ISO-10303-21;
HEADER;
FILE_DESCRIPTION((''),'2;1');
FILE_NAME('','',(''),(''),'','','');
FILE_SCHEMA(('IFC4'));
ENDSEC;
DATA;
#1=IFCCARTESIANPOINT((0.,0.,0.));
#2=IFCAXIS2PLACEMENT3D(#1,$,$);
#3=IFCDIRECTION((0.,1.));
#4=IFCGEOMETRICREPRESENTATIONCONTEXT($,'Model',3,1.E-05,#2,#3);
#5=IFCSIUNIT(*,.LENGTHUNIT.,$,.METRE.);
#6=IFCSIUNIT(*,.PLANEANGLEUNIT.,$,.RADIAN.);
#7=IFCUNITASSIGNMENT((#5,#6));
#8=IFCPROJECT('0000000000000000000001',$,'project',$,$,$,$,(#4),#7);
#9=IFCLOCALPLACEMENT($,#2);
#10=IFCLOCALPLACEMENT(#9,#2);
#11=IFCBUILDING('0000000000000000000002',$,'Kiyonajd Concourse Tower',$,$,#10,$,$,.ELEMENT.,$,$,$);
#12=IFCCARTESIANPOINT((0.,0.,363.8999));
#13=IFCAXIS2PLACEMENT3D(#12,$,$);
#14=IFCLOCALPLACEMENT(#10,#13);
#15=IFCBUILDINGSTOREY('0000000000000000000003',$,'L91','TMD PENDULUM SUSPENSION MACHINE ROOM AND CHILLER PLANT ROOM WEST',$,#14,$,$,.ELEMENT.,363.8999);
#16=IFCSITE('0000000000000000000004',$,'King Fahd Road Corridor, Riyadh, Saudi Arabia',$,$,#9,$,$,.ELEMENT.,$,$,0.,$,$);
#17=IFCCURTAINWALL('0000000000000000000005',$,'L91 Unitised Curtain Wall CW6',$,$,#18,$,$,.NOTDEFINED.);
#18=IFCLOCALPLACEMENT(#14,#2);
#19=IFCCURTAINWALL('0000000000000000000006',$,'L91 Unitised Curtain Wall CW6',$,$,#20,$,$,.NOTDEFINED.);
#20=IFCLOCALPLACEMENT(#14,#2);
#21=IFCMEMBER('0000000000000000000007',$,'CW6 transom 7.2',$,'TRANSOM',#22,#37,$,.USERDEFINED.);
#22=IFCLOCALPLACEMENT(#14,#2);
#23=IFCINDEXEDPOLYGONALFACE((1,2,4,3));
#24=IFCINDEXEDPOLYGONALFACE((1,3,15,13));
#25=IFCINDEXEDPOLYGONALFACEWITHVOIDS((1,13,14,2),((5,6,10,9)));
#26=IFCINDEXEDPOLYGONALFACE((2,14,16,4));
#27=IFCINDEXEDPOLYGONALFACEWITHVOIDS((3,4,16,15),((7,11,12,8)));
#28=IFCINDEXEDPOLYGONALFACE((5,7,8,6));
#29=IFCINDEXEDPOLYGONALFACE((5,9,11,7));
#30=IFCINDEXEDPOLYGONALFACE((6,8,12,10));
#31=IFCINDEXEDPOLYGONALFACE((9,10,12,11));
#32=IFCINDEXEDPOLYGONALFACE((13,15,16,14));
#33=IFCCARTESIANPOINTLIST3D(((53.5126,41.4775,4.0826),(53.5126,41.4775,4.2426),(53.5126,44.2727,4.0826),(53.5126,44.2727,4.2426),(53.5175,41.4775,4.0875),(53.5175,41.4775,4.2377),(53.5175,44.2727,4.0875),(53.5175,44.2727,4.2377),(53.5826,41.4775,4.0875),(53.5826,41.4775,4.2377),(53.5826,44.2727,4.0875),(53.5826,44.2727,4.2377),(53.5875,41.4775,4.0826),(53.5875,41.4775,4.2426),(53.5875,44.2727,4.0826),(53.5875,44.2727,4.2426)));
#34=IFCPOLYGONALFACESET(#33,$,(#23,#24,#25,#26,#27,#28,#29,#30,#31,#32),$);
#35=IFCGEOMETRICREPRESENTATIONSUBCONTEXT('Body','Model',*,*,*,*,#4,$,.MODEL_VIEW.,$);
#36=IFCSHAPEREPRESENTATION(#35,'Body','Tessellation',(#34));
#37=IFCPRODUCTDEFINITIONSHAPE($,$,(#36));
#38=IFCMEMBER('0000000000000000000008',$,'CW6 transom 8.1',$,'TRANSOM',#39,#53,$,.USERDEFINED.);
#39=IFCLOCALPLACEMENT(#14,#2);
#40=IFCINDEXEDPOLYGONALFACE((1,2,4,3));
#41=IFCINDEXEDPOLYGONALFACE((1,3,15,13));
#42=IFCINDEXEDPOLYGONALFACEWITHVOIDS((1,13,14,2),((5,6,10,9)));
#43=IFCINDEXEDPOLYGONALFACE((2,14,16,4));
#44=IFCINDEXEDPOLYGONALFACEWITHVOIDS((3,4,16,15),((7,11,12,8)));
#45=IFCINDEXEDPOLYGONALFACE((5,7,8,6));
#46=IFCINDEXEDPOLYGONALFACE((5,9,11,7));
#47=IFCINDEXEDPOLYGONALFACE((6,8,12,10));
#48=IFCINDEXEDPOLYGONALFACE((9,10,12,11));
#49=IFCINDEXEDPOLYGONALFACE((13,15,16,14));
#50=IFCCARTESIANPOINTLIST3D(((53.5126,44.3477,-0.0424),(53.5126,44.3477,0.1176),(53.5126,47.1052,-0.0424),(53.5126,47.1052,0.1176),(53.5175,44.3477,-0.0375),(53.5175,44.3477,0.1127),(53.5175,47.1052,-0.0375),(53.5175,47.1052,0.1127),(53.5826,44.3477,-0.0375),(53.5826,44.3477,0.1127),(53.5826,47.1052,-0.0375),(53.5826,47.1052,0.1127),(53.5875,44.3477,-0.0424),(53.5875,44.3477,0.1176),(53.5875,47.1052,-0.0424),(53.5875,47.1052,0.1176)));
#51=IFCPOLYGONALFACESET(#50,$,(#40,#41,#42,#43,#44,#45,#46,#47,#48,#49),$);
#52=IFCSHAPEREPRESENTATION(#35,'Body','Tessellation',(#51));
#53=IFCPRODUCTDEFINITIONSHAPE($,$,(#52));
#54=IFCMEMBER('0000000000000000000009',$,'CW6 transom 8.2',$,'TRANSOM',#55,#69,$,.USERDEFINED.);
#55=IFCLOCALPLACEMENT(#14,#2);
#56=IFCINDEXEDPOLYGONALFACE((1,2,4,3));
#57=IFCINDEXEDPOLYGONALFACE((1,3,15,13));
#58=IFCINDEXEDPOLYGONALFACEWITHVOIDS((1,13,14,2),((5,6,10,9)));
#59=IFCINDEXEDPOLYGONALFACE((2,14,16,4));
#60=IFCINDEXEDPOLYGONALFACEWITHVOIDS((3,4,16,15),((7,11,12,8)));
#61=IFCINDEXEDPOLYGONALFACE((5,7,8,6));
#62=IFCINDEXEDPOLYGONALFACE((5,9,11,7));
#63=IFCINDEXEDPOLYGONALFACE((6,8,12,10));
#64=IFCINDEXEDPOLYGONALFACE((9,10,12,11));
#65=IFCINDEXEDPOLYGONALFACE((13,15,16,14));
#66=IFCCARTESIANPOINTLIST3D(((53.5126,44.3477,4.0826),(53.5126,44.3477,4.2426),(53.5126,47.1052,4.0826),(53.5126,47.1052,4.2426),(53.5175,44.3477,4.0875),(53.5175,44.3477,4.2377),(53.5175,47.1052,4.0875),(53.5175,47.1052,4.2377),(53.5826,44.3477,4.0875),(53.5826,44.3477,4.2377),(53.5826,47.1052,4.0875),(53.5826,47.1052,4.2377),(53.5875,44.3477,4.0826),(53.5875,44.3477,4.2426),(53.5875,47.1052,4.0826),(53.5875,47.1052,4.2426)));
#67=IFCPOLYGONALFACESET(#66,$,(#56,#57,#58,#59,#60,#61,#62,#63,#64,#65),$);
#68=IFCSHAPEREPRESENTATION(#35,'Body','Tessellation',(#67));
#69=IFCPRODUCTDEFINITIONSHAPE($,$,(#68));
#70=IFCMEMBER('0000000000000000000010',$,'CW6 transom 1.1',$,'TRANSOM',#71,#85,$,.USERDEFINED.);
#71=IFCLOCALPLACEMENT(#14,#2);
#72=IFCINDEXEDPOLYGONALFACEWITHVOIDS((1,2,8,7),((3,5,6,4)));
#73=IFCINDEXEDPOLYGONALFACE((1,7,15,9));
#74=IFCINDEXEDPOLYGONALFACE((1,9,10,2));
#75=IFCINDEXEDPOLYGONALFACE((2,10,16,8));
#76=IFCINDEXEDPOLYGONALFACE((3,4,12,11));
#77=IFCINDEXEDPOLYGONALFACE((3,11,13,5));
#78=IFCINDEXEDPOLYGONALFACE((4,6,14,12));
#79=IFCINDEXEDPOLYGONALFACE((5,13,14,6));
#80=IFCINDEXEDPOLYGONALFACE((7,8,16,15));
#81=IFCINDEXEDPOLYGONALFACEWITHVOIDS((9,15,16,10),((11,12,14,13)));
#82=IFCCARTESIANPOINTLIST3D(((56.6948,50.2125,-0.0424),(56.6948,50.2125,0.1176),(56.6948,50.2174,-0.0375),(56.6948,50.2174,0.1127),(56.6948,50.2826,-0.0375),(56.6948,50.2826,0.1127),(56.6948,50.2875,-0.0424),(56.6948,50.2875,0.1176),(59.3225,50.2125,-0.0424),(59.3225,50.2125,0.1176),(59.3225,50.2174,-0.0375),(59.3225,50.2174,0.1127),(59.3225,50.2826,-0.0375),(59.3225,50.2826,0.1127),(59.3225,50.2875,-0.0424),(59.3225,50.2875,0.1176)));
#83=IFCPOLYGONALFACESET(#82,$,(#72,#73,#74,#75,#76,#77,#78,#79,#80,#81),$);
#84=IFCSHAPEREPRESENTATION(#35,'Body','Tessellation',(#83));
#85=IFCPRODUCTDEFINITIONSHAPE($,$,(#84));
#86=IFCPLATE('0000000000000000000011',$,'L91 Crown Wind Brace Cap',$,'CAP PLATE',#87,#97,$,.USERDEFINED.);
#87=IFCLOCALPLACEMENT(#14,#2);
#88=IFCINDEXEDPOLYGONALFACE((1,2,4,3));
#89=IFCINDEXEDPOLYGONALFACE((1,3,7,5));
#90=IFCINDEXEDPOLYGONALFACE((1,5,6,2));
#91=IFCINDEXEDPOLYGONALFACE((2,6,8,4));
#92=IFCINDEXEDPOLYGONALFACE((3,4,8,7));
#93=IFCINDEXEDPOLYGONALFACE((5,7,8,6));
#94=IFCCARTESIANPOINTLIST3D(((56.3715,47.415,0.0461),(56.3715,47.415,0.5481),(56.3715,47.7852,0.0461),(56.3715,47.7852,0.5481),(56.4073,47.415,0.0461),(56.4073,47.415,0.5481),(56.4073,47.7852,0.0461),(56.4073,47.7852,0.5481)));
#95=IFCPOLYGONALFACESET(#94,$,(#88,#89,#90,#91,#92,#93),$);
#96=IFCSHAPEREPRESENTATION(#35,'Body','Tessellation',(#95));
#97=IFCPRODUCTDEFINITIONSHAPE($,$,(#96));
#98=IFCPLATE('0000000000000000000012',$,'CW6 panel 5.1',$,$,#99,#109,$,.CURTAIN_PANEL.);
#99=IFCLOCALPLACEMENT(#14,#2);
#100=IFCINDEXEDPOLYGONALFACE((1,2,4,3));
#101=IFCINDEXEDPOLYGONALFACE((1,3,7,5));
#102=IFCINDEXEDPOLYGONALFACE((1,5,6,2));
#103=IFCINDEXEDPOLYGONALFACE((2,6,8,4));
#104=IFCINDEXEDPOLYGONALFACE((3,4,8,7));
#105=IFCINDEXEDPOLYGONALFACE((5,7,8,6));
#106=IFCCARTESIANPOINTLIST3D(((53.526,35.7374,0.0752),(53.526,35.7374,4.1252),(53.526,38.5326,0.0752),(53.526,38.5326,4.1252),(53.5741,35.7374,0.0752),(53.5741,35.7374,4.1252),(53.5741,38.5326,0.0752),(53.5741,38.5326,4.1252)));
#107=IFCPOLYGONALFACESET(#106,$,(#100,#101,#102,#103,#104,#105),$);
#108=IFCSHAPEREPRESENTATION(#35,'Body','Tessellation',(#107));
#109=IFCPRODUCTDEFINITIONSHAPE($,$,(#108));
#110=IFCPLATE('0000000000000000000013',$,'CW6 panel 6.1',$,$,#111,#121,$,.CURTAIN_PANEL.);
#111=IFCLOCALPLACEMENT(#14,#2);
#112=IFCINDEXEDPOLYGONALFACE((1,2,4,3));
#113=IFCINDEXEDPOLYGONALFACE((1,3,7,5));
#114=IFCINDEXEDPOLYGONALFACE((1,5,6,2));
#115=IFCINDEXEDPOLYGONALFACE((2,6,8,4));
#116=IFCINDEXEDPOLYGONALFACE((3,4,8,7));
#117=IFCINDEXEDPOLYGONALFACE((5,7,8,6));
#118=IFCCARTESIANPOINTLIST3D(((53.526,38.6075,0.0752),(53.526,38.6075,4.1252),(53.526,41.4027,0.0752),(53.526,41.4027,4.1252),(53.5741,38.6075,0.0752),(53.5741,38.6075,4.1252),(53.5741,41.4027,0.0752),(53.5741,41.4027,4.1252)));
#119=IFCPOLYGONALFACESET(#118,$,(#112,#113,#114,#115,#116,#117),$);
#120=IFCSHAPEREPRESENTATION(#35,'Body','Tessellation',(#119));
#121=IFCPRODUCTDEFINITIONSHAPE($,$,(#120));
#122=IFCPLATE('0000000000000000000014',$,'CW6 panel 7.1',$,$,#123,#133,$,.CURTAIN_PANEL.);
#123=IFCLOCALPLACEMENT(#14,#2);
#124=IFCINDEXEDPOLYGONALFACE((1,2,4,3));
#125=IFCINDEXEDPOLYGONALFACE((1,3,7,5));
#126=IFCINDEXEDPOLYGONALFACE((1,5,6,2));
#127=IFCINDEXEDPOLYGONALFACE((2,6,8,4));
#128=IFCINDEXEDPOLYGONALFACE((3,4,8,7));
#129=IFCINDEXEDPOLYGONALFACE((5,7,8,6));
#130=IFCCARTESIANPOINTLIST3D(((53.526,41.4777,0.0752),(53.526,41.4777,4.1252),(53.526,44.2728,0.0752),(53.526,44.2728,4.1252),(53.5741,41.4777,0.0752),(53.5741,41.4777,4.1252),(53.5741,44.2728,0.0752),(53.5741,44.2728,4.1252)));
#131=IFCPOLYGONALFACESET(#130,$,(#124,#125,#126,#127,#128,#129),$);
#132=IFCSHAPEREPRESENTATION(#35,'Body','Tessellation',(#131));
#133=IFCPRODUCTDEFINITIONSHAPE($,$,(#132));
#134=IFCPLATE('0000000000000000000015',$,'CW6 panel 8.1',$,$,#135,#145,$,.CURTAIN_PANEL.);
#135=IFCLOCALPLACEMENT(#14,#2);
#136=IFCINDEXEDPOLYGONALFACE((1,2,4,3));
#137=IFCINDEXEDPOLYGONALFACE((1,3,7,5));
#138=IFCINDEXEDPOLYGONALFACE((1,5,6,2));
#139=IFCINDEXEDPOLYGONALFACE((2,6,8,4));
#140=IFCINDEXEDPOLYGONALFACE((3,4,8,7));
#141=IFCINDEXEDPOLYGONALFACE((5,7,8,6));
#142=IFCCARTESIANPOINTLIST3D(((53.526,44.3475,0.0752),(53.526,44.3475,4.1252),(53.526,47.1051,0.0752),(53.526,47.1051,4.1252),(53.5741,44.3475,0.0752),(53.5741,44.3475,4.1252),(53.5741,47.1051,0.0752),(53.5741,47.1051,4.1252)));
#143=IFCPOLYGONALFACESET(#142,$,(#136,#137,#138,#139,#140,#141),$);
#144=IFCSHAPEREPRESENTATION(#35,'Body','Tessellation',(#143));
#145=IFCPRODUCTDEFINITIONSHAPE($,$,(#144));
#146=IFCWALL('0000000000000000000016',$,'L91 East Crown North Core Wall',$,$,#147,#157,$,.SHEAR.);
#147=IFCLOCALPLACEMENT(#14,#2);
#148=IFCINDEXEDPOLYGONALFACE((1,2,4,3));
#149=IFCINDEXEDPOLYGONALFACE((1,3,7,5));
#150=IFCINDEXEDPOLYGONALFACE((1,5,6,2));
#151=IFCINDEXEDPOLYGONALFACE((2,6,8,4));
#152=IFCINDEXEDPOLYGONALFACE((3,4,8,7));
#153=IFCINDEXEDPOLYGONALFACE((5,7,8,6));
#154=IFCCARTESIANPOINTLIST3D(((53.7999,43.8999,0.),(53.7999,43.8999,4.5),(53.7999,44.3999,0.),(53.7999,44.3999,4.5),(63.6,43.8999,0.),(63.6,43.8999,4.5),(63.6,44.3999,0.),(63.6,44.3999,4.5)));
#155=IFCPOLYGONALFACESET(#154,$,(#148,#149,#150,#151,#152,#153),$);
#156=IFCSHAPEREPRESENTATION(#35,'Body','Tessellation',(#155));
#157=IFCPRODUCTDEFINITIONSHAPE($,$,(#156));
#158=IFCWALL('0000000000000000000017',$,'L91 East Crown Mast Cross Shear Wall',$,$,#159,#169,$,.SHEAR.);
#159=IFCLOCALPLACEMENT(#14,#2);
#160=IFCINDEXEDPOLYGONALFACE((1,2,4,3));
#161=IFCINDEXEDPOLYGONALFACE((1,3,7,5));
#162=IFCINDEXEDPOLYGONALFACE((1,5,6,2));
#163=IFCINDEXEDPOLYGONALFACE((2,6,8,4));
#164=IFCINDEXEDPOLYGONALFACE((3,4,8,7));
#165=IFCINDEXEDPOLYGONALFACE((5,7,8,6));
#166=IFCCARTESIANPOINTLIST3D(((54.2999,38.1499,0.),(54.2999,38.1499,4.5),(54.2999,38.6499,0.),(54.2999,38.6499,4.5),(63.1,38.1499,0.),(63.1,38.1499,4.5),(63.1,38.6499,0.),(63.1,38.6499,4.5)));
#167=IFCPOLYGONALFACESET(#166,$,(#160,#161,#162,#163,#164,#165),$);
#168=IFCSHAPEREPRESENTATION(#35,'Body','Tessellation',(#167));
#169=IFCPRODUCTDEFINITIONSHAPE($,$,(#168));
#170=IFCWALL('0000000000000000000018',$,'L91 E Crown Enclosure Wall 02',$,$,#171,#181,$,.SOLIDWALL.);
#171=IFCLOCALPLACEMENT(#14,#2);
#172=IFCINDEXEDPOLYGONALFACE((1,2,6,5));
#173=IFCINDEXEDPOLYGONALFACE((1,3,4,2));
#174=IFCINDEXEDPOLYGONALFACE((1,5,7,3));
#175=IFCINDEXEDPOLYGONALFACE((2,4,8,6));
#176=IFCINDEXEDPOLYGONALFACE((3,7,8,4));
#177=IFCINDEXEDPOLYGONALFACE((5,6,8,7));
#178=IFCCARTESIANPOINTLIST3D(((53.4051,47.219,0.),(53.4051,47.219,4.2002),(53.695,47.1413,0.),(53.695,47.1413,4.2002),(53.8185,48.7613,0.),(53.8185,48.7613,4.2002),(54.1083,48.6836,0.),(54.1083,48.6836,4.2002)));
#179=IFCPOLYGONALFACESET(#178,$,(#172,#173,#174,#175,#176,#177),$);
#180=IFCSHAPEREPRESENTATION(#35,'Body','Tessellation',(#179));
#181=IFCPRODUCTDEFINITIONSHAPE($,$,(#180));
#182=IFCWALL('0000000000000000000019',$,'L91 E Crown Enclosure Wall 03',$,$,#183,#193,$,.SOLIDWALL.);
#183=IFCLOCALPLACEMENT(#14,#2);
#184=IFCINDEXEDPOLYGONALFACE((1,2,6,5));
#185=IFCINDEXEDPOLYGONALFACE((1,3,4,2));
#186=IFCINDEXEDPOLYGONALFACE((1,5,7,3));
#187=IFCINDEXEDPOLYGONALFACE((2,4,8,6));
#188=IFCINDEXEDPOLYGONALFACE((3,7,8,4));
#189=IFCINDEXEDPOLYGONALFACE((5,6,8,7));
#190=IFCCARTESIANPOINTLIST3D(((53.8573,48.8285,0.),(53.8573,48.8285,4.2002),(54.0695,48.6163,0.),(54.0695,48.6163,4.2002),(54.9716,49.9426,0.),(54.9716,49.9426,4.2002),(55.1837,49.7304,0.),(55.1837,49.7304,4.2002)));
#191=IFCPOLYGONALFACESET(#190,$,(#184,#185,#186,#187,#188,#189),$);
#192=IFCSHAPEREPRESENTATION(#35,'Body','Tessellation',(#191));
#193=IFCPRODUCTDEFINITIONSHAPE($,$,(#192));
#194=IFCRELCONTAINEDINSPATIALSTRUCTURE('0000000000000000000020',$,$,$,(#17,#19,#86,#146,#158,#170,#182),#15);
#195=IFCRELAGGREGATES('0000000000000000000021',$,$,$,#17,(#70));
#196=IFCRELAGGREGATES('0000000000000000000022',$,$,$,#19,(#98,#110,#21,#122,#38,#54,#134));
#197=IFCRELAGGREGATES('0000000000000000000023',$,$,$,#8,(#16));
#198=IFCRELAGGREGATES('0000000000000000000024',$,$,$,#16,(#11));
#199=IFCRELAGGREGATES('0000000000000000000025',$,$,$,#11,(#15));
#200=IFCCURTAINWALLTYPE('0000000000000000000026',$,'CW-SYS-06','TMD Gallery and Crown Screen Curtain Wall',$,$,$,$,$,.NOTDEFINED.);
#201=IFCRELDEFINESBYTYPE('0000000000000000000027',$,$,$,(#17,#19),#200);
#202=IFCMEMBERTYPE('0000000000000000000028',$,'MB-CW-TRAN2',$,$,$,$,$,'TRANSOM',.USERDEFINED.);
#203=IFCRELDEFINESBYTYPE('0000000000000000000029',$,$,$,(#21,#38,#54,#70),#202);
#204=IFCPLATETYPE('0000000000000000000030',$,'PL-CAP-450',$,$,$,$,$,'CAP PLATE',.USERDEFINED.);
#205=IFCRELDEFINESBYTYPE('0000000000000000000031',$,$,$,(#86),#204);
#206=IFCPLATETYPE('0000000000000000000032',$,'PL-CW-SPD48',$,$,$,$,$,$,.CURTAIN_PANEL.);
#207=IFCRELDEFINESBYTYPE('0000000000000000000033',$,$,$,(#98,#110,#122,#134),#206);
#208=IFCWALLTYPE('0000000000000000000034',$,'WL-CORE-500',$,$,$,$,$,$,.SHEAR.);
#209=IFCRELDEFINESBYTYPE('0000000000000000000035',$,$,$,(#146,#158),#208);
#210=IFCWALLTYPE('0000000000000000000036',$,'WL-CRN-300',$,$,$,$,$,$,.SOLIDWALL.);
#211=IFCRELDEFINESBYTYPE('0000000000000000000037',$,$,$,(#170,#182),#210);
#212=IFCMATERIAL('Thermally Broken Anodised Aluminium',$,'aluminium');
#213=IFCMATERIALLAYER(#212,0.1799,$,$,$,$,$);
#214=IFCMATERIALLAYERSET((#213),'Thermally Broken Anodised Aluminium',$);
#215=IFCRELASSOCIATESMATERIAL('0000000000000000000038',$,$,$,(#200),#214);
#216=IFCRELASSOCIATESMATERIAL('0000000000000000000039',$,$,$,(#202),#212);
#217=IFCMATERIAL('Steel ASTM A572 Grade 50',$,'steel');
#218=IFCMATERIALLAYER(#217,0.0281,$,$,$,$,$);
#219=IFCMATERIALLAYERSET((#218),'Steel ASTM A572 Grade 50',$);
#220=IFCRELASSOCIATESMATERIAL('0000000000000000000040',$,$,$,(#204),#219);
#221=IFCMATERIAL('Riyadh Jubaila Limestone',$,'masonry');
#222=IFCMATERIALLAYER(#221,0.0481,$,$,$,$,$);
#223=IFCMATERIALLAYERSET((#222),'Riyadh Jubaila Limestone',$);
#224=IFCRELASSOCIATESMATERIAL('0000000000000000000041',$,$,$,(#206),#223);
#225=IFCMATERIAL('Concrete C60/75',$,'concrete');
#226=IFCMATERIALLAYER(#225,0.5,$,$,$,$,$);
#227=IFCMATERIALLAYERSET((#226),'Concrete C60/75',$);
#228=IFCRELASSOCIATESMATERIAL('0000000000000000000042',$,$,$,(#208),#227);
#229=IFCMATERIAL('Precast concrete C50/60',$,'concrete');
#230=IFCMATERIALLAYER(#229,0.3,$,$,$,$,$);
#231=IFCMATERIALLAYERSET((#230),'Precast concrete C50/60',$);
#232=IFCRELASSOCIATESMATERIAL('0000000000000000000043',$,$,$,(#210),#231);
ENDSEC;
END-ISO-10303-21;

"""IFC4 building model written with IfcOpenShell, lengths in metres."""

from ifc_helpers import new_model, si_unit, direction, frame, frame_2d, origin, origin_2d, place, context, subcontext, project, spatial, rectangle, hollow_rectangle, extrude, material, layer, layer_set, material_profile, profile_set, type_object, element, aggregate, save


model = new_model("IFC4")

# Units and contexts
model_context = context("Model", 3, precision=1e-05, world=origin(), true_north=direction((0.0, 1.0)))
body_context = subcontext(model_context, "Body", "Model", "MODEL_VIEW")
ifc_project = project(units=[si_unit("LENGTHUNIT", "METRE"), si_unit("PLANEANGLEUNIT", "RADIAN")], contexts=[model_context])

# Site, building, storey
site_placement = place(None, origin())
site = spatial("IfcSite", under=ifc_project, at=site_placement, Name="King Fahd Road Corridor, Riyadh, Saudi Arabia", CompositionType="ELEMENT", RefElevation=0.0)
building_placement = place(site_placement, origin())
building = spatial("IfcBuilding", under=site, at=building_placement, Name="Kiyonajd Concourse Tower", CompositionType="ELEMENT")
storey_placement = place(building_placement, frame((0.0, 0.0, 363.8999)))
storey = spatial("IfcBuildingStorey", under=building, at=storey_placement, Name="L91", Description="TMD PENDULUM SUSPENSION MACHINE ROOM AND CHILLER PLANT ROOM WEST", CompositionType="ELEMENT", Elevation=363.8999)

# Shared definitions
ifc_material_1 = material(Name="Steel ASTM A572 Grade 50", Category="steel")

# Curtain wall
ifc_material_2 = material(Name="Thermally Broken Anodised Aluminium", Category="aluminium")
ifc_layer_1 = layer(ifc_material_2, 0.1799)
ifc_layer_set_1 = layer_set([ifc_layer_1], Name="Thermally Broken Anodised Aluminium")
curtain_wall_type = type_object("IfcCurtainWallType", Name="CW-SYS-06", Description="TMD Gallery and Crown Screen Curtain Wall", PredefinedType="NOTDEFINED", material=ifc_layer_set_1)
curtain_wall_1_placement = place(storey_placement, origin())
curtain_wall_1 = element("IfcCurtainWall", 1, at=curtain_wall_1_placement, inside=storey, type_object=curtain_wall_type, Name="L91 Unitised Curtain Wall CW6", PredefinedType="NOTDEFINED")

# Curtain wall, members
curtain_wall_2_placement = place(storey_placement, origin())
curtain_wall_2 = element("IfcCurtainWall", 2, at=curtain_wall_2_placement, inside=storey, type_object=curtain_wall_type, Name="L91 Unitised Curtain Wall CW6", PredefinedType="NOTDEFINED")
ifc_material_profile_1 = material_profile(ifc_material_2, hollow_rectangle(XDim=0.075, YDim=0.1599, WallThickness=0.0049, at=origin_2d()), Name="TRAN-75x160")
ifc_profile_set_1 = profile_set([ifc_material_profile_1], Name="Thermally Broken Anodised Aluminium")
member_type_1 = type_object("IfcMemberType", Name="MB-CW-TRAN2", ElementType="TRANSOM", PredefinedType="USERDEFINED", material=ifc_profile_set_1)
member_1_placement = place(storey_placement, frame((53.55, 41.4775, 4.1626), z_axis=(0.0, 1.0, 0.0), x_axis=(-1.0, 0.0, 0.0)))
member_1 = element("IfcMember", 3, at=member_1_placement, type_object=member_type_1, Name="CW6 transom 7.2", ObjectType="TRANSOM", PredefinedType="USERDEFINED", context=body_context, shape_type="SweptSolid", body=[
    extrude(hollow_rectangle(XDim=0.075, YDim=0.1599, WallThickness=0.0049, at=origin_2d()), origin(), (0.0, 0.0, 1.0), 2.7952),
])
member_2_placement = place(storey_placement, frame((53.55, 44.3477, 0.0376), z_axis=(0.0, 1.0, 0.0), x_axis=(-1.0, 0.0, 0.0)))
member_2 = element("IfcMember", 4, at=member_2_placement, type_object=member_type_1, Name="CW6 transom 8.1", ObjectType="TRANSOM", PredefinedType="USERDEFINED", context=body_context, shape_type="SweptSolid", body=[
    extrude(hollow_rectangle(XDim=0.075, YDim=0.1599, WallThickness=0.0049, at=origin_2d()), origin(), (0.0, 0.0, 1.0), 2.7576),
])
member_3_placement = place(storey_placement, frame((53.55, 44.3477, 4.1626), z_axis=(0.0, 1.0, 0.0), x_axis=(-1.0, 0.0, 0.0)))
member_3 = element("IfcMember", 5, at=member_3_placement, type_object=member_type_1, Name="CW6 transom 8.2", ObjectType="TRANSOM", PredefinedType="USERDEFINED", context=body_context, shape_type="SweptSolid", body=[
    extrude(hollow_rectangle(XDim=0.075, YDim=0.1599, WallThickness=0.0049, at=origin_2d()), origin(), (0.0, 0.0, 1.0), 2.7576),
])

# Member
member_4_placement = place(storey_placement, frame((56.6948, 50.25, 0.0376), z_axis=(1.0, 0.0, 0.0), x_axis=(0.0, 1.0, 0.0)))
member_4 = element("IfcMember", 6, at=member_4_placement, type_object=member_type_1, Name="CW6 transom 1.1", ObjectType="TRANSOM", PredefinedType="USERDEFINED", context=body_context, shape_type="SweptSolid", body=[
    extrude(hollow_rectangle(XDim=0.075, YDim=0.1599, WallThickness=0.0049, at=origin_2d()), origin(), (0.0, 0.0, 1.0), 2.6277),
])
aggregate(curtain_wall_1, [member_4])

# Plates
ifc_layer_2 = layer(ifc_material_1, 0.0281)
ifc_layer_set_2 = layer_set([ifc_layer_2], Name="Steel ASTM A572 Grade 50")
plate_type_1 = type_object("IfcPlateType", Name="PL-CAP-450", ElementType="CAP PLATE", PredefinedType="USERDEFINED", material=ifc_layer_set_2)
plate_1_placement = place(storey_placement, frame((56.3894, 47.6001, 0.0461), z_axis=(0.0, 0.0, 1.0), x_axis=(-1.0, 0.0, 0.0)))
element("IfcPlate", 7, at=plate_1_placement, inside=storey, type_object=plate_type_1, Name="L91 Crown Wind Brace Cap", ObjectType="CAP PLATE", PredefinedType="USERDEFINED", context=body_context, shape_type="SweptSolid", body=[
    extrude(rectangle(XDim=0.0359, YDim=0.3701, at=origin_2d()), origin(), (0.0, 0.0, 1.0), 0.502),
])
ifc_material_3 = material(Name="Riyadh Jubaila Limestone", Category="masonry")
ifc_layer_3 = layer(ifc_material_3, 0.0481)
ifc_layer_set_3 = layer_set([ifc_layer_3], Name="Riyadh Jubaila Limestone")
plate_type_2 = type_object("IfcPlateType", Name="PL-CW-SPD48", PredefinedType="CURTAIN_PANEL", material=ifc_layer_set_3)
plate_2_placement = place(storey_placement, frame((53.55, 37.135, 0.0752), z_axis=(0.0, 0.0, 1.0), x_axis=(0.0, 1.0, 0.0)))
plate_2 = element("IfcPlate", 8, at=plate_2_placement, type_object=plate_type_2, Name="CW6 panel 5.1", PredefinedType="CURTAIN_PANEL", context=body_context, shape_type="SweptSolid", body=[
    extrude(rectangle(XDim=2.7952, YDim=0.0481, at=origin_2d()), origin(), (0.0, 0.0, 1.0), 4.05),
])
plate_3_placement = place(storey_placement, frame((53.55, 40.0051, 0.0752), z_axis=(0.0, 0.0, 1.0), x_axis=(0.0, 1.0, 0.0)))
plate_3 = element("IfcPlate", 9, at=plate_3_placement, type_object=plate_type_2, Name="CW6 panel 6.1", PredefinedType="CURTAIN_PANEL", context=body_context, shape_type="SweptSolid", body=[
    extrude(rectangle(XDim=2.7952, YDim=0.0481, at=origin_2d()), origin(), (0.0, 0.0, 1.0), 4.05),
])
plate_4_placement = place(storey_placement, frame((53.55, 42.8752, 0.0752), z_axis=(0.0, 0.0, 1.0), x_axis=(0.0, 1.0, 0.0)))
plate_4 = element("IfcPlate", 10, at=plate_4_placement, type_object=plate_type_2, Name="CW6 panel 7.1", PredefinedType="CURTAIN_PANEL", context=body_context, shape_type="SweptSolid", body=[
    extrude(rectangle(XDim=2.7952, YDim=0.0481, at=origin_2d()), origin(), (0.0, 0.0, 1.0), 4.05),
])
plate_5_placement = place(storey_placement, frame((53.55, 45.7263, 0.0752), z_axis=(0.0, 0.0, 1.0), x_axis=(0.0, 1.0, 0.0)))
plate_5 = element("IfcPlate", 11, at=plate_5_placement, type_object=plate_type_2, Name="CW6 panel 8.1", PredefinedType="CURTAIN_PANEL", context=body_context, shape_type="SweptSolid", body=[
    extrude(rectangle(XDim=2.7576, YDim=0.0481, at=origin_2d()), origin(), (0.0, 0.0, 1.0), 4.05),
])
aggregate(curtain_wall_2, [plate_2, plate_3, member_1, plate_4, member_2, member_3, plate_5])

# Walls
ifc_material_4 = material(Name="Concrete C60/75", Category="concrete")
ifc_layer_4 = layer(ifc_material_4, 0.5)
ifc_layer_set_4 = layer_set([ifc_layer_4], Name="Concrete C60/75")
wall_type_1 = type_object("IfcWallType", Name="WL-CORE-500", PredefinedType="SHEAR", material=ifc_layer_set_4)
wall_1_placement = place(storey_placement, frame((53.8, 44.1499, 0.0), z_axis=(0.0, 0.0, 1.0), x_axis=(1.0, 0.0, 0.0)))
element("IfcWall", 12, at=wall_1_placement, inside=storey, type_object=wall_type_1, Name="L91 East Crown North Core Wall", PredefinedType="SHEAR", context=body_context, shape_type="SweptSolid", body=[
    extrude(rectangle(XDim=9.8, YDim=0.5, at=frame_2d((4.8999, 0.0))), origin(), (0.0, 0.0, 1.0), 4.5),
])
wall_2_placement = place(storey_placement, frame((54.3, 38.3999, 0.0), z_axis=(0.0, 0.0, 1.0), x_axis=(1.0, 0.0, 0.0)))
element("IfcWall", 13, at=wall_2_placement, inside=storey, type_object=wall_type_1, Name="L91 East Crown Mast Cross Shear Wall", PredefinedType="SHEAR", context=body_context, shape_type="SweptSolid", body=[
    extrude(rectangle(XDim=8.8, YDim=0.5, at=frame_2d((4.3999, 0.0))), origin(), (0.0, 0.0, 1.0), 4.5),
])
ifc_material_5 = material(Name="Precast concrete C50/60", Category="concrete")
ifc_layer_5 = layer(ifc_material_5, 0.3)
ifc_layer_set_5 = layer_set([ifc_layer_5], Name="Precast concrete C50/60")
wall_type_2 = type_object("IfcWallType", Name="WL-CRN-300", PredefinedType="SOLIDWALL", material=ifc_layer_set_5)
wall_3_placement = place(storey_placement, frame((53.55, 47.1802, 0.0), z_axis=(0.0, 0.0, 1.0), x_axis=(0.258871, 0.965912, 0.0)))
element("IfcWall", 14, at=wall_3_placement, inside=storey, type_object=wall_type_2, Name="L91 E Crown Enclosure Wall 02", PredefinedType="SOLIDWALL", context=body_context, shape_type="SweptSolid", body=[
    extrude(rectangle(XDim=1.5967, YDim=0.3, at=frame_2d((0.7983, 0.0))), origin(), (0.0, 0.0, 1.0), 4.2002),
])
wall_4_placement = place(storey_placement, frame((53.9634, 48.7224, 0.0), z_axis=(0.0, 0.0, 1.0), x_axis=(0.707184, 0.707029, 0.0)))
element("IfcWall", 15, at=wall_4_placement, inside=storey, type_object=wall_type_2, Name="L91 E Crown Enclosure Wall 03", PredefinedType="SOLIDWALL", context=body_context, shape_type="SweptSolid", body=[
    extrude(rectangle(XDim=1.5757, YDim=0.3, at=frame_2d((0.7878, 0.0))), origin(), (0.0, 0.0, 1.0), 4.2002),
])

save(model, "model.ifc")
